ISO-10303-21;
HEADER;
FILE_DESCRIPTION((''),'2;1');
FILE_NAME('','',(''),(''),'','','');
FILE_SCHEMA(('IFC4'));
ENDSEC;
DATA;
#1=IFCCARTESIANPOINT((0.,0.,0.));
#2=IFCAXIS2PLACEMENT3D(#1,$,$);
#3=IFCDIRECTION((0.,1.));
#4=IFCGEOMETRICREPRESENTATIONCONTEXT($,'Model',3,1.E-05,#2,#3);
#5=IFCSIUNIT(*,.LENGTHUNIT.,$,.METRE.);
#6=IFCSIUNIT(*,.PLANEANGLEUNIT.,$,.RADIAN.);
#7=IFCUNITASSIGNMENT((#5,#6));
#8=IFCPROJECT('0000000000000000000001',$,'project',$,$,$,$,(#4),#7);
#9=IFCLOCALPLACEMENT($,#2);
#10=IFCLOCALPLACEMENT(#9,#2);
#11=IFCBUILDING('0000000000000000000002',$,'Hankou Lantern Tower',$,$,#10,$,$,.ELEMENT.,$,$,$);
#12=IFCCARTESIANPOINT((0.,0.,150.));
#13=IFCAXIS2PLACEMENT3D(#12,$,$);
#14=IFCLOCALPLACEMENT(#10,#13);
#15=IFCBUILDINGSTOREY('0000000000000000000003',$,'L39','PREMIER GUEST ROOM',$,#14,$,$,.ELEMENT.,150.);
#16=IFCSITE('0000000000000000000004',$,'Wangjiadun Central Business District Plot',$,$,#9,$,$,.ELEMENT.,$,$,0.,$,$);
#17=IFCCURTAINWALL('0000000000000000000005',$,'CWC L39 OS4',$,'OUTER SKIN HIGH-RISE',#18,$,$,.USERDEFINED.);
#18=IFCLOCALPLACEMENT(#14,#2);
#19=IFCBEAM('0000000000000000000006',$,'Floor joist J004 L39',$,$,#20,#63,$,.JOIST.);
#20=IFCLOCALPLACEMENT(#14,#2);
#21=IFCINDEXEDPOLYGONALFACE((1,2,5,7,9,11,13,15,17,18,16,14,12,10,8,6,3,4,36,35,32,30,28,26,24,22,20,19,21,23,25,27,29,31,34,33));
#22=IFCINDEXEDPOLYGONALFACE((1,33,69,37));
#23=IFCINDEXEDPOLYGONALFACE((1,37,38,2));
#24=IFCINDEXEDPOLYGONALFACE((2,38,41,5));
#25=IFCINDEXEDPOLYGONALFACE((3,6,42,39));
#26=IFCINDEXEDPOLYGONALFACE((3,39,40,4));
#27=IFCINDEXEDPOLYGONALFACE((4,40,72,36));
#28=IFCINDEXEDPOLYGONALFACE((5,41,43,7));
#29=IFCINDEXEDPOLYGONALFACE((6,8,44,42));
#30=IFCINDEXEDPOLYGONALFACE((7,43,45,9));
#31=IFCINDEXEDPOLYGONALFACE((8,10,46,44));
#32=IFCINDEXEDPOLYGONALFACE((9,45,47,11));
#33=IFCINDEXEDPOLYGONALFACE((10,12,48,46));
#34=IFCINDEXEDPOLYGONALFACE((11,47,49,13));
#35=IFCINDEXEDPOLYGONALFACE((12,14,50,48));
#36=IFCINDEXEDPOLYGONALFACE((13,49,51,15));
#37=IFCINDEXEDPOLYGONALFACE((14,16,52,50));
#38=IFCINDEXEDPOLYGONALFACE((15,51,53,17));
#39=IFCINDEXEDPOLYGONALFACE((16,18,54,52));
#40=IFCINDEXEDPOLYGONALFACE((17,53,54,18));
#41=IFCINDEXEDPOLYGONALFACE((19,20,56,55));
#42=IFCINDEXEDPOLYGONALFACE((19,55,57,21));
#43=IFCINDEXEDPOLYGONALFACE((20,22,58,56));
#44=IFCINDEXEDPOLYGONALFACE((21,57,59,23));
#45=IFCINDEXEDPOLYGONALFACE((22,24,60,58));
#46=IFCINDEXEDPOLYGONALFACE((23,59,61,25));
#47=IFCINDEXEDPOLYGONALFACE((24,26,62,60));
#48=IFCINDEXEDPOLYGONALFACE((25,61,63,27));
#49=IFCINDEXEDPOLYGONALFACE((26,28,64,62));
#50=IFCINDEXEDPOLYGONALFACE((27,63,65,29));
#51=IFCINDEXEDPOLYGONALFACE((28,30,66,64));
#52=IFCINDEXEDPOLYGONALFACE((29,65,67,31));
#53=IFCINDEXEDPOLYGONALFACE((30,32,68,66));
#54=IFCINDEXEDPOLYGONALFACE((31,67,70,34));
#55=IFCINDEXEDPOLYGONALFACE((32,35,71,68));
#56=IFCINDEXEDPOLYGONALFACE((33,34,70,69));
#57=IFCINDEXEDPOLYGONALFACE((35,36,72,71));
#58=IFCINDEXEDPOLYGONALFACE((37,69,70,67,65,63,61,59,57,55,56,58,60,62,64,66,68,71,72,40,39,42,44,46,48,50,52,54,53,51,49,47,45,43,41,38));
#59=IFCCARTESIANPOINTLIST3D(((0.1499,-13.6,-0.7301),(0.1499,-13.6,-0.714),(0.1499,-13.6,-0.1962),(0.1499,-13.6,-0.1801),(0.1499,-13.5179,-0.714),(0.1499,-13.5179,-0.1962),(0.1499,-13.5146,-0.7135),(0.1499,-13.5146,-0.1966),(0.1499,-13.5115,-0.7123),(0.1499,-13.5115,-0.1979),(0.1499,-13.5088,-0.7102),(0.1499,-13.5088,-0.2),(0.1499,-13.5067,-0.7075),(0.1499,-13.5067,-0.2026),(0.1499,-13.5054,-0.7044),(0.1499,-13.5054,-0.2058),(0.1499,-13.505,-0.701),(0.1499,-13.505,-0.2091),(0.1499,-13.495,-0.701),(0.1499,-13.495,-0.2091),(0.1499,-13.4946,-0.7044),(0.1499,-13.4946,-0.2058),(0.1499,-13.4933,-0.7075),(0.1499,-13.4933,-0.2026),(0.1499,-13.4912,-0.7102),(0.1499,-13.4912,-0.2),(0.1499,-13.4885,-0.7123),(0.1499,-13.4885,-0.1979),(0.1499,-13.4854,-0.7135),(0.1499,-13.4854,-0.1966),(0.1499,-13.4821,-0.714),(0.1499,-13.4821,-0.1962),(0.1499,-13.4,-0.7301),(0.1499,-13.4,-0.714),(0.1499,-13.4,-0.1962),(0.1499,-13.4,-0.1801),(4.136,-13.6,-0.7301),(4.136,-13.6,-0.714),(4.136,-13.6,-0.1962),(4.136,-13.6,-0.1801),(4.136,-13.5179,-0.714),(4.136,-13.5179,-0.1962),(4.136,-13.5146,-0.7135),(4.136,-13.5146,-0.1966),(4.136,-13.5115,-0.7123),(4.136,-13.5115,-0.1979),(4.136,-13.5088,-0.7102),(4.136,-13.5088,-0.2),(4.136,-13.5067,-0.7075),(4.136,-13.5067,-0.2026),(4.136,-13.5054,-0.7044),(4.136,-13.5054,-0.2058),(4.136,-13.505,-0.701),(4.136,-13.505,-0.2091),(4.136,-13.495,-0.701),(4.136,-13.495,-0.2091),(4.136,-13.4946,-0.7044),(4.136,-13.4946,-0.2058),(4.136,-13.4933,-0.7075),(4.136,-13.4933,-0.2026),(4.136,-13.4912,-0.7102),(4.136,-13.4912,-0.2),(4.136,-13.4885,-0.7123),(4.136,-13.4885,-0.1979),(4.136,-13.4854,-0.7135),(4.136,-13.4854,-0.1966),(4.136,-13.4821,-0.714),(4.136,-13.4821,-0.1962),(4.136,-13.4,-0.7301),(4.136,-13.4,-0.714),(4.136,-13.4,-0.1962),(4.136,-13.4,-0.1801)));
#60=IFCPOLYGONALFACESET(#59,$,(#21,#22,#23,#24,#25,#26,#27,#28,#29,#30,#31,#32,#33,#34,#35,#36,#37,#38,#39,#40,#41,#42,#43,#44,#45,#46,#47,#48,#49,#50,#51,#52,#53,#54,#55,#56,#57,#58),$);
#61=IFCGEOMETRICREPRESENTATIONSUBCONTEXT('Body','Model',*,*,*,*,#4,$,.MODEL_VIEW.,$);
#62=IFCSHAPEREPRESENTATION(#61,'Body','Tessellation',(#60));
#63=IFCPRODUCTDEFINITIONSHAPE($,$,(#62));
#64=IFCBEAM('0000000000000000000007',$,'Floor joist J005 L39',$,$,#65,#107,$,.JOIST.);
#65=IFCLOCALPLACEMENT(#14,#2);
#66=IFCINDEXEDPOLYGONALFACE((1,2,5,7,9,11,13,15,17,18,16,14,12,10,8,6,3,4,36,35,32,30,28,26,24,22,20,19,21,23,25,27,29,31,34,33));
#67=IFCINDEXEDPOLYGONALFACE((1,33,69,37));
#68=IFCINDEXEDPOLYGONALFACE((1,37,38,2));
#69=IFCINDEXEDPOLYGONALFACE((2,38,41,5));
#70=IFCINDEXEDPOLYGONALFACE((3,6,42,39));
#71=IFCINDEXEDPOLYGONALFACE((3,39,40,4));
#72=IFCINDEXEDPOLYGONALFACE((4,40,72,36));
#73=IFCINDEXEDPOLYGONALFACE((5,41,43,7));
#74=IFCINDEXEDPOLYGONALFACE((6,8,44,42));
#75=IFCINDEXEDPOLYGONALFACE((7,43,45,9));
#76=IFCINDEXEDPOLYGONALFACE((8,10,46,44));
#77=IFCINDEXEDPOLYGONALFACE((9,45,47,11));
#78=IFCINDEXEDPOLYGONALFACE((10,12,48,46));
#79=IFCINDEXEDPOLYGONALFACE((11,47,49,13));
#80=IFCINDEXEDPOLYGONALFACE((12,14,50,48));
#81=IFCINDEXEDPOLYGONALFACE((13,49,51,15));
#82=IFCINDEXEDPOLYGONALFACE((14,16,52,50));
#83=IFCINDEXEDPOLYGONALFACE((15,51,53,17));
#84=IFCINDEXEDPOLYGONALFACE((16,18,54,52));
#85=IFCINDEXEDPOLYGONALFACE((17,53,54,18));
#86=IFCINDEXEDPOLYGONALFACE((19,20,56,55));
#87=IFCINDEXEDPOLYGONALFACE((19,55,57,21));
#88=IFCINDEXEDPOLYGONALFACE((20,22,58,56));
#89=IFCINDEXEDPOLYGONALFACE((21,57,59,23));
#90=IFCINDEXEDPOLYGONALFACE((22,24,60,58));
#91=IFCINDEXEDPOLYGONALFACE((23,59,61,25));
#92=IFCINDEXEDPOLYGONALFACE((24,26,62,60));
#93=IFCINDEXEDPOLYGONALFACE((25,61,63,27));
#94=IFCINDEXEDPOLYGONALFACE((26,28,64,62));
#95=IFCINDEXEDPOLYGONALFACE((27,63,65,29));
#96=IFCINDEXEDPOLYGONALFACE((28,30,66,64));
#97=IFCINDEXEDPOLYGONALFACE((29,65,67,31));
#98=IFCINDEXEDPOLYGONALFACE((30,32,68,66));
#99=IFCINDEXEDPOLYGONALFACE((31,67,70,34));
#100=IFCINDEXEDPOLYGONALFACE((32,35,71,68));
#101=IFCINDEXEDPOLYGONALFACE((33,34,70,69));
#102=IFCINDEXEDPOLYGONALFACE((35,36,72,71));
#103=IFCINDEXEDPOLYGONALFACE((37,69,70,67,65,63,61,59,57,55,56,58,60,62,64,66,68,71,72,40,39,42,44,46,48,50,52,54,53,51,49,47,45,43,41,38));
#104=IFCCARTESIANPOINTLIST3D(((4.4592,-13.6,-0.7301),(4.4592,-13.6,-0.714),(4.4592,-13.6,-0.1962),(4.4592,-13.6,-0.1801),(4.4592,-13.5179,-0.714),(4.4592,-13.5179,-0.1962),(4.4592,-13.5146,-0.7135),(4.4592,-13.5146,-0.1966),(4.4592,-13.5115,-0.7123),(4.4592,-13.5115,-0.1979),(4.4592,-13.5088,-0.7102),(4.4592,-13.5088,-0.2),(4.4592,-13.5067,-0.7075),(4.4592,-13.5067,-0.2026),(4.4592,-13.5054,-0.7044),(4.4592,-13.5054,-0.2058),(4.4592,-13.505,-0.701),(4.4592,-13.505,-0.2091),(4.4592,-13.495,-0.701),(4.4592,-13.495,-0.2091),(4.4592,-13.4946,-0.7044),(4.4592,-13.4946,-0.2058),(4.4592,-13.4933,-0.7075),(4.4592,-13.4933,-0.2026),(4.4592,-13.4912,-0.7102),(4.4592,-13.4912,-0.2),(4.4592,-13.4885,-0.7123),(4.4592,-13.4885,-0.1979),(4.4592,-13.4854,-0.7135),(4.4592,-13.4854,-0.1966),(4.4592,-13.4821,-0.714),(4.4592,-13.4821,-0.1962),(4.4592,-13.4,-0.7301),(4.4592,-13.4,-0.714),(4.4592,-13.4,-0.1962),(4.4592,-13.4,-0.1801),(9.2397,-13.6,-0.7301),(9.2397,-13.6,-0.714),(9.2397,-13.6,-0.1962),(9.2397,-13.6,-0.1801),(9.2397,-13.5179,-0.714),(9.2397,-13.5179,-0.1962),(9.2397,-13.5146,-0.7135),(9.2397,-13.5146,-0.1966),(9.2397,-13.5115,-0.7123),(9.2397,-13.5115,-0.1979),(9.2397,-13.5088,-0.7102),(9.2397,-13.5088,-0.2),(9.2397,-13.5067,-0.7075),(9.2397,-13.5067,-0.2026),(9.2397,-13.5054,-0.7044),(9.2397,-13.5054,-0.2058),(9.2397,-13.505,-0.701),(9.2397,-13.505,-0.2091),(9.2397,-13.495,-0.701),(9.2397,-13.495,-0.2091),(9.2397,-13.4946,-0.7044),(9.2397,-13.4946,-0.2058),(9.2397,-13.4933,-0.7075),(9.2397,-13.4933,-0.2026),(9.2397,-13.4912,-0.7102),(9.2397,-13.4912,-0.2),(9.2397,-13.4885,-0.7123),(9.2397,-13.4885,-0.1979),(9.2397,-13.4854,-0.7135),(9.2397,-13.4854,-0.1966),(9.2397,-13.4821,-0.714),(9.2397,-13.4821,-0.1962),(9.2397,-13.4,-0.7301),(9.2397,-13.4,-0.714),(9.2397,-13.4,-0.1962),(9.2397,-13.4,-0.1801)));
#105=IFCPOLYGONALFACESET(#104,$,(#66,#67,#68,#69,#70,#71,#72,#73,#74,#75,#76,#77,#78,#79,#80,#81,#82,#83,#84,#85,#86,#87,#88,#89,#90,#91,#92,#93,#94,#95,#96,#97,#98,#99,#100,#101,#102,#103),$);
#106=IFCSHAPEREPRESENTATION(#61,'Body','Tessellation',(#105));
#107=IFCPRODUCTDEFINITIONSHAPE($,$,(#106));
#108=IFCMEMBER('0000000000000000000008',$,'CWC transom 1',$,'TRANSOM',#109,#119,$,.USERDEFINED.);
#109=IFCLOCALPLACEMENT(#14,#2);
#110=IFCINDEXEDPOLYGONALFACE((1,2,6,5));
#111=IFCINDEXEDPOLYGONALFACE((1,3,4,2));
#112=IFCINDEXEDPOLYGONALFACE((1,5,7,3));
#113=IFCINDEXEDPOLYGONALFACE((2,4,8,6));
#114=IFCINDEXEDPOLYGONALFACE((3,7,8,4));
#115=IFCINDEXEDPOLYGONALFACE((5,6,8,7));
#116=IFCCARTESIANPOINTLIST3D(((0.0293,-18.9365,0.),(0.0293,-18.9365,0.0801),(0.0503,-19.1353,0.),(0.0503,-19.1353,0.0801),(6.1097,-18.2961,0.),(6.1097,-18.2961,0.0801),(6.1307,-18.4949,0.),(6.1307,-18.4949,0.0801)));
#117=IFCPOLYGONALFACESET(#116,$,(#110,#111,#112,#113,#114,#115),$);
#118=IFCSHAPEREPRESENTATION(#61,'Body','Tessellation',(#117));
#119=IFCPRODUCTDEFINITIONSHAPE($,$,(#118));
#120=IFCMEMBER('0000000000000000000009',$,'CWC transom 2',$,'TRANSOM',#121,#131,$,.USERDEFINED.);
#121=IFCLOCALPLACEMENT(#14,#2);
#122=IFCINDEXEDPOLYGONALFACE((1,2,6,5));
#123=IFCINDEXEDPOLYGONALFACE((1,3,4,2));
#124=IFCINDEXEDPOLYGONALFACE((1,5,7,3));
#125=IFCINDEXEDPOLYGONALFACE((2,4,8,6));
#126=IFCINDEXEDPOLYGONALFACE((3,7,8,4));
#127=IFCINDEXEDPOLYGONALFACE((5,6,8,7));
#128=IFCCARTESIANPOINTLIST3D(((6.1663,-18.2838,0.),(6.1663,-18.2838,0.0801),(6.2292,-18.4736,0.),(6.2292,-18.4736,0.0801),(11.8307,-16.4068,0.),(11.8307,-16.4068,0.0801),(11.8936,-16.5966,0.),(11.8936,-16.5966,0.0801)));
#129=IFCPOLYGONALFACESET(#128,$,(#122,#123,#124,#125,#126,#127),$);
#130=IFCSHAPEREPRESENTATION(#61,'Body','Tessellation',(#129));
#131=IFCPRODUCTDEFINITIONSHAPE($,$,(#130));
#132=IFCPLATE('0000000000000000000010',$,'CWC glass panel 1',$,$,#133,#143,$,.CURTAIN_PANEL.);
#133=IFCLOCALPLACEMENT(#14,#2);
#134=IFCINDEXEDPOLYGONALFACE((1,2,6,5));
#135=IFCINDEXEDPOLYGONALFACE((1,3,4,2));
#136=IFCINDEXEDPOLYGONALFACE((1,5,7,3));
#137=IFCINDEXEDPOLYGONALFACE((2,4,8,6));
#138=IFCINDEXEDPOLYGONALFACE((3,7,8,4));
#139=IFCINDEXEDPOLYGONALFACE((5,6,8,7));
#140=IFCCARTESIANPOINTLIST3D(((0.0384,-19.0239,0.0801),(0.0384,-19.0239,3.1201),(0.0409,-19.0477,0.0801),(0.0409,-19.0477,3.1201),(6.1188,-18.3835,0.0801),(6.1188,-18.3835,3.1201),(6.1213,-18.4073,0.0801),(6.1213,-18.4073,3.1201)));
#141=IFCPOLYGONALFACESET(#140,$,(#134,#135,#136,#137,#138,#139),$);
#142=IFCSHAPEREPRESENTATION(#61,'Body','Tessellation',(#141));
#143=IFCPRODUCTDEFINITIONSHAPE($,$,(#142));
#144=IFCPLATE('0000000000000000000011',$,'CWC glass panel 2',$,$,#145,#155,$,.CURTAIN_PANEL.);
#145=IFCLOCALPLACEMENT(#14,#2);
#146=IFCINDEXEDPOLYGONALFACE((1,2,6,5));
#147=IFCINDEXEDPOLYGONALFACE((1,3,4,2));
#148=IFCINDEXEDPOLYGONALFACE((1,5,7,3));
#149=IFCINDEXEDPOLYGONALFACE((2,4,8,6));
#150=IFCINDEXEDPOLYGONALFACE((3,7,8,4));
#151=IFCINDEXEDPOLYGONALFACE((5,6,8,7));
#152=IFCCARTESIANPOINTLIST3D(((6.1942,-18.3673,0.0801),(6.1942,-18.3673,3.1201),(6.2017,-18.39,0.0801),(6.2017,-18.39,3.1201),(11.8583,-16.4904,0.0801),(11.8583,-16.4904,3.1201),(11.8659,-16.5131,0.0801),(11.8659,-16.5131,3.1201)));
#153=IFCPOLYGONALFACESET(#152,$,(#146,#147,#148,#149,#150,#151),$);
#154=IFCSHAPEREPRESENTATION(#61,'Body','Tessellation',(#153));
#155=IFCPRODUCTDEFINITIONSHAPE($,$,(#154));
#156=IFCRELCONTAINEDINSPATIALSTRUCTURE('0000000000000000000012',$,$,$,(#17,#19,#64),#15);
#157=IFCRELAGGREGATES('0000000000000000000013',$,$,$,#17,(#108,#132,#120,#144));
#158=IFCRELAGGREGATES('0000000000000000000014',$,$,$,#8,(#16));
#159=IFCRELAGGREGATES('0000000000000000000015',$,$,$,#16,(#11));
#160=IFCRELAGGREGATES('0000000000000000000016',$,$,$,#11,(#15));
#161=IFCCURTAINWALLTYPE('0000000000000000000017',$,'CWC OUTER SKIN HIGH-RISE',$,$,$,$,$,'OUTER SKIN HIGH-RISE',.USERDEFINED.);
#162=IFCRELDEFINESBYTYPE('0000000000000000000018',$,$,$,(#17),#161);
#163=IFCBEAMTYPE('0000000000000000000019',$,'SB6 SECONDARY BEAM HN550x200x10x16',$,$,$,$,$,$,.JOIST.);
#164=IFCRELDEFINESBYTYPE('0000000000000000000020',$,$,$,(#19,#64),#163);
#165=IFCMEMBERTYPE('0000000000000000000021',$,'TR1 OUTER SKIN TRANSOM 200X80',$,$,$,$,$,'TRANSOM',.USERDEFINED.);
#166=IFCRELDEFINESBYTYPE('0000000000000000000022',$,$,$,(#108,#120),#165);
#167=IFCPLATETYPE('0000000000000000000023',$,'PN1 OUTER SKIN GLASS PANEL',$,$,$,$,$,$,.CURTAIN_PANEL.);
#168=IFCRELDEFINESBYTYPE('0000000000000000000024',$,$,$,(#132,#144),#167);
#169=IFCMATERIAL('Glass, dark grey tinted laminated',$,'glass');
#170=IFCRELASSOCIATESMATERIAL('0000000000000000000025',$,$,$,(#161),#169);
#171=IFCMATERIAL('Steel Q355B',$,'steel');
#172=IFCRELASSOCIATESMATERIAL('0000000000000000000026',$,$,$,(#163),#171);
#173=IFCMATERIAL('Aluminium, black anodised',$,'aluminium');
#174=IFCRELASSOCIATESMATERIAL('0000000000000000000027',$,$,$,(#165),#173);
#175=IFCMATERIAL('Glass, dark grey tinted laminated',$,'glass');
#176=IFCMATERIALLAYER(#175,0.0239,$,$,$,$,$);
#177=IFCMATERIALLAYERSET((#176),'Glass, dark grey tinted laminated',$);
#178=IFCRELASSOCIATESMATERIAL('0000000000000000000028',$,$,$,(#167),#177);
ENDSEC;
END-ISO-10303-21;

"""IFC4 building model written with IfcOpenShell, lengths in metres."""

from ifc_helpers import new_model, si_unit, direction, frame, origin, origin_2d, place, context, subcontext, project, spatial, rectangle, i_section, extrude, material, layer, layer_set, material_profile, profile_set, type_object, element, aggregate, save


model = new_model("IFC4")

# Units and contexts
model_context = context("Model", 3, precision=1e-05, world=origin(), true_north=direction((0.0, 1.0)))
body_context = subcontext(model_context, "Body", "Model", "MODEL_VIEW")
ifc_project = project(units=[si_unit("LENGTHUNIT", "METRE"), si_unit("PLANEANGLEUNIT", "RADIAN")], contexts=[model_context])

# Site, building, storey
site_placement = place(None, origin())
site = spatial("IfcSite", under=ifc_project, at=site_placement, Name="Wangjiadun Central Business District Plot", CompositionType="ELEMENT", RefElevation=0.0)
building_placement = place(site_placement, origin())
building = spatial("IfcBuilding", under=site, at=building_placement, Name="Hankou Lantern Tower", CompositionType="ELEMENT")
storey_placement = place(building_placement, frame((0.0, 0.0, 150.0)))
storey = spatial("IfcBuildingStorey", under=building, at=storey_placement, Name="L39", Description="PREMIER GUEST ROOM", CompositionType="ELEMENT", Elevation=150.0)

# Curtain wall
ifc_material_1 = material(Name="Glass, dark grey tinted laminated", Category="glass")
curtain_wall_type = type_object("IfcCurtainWallType", Name="CWC OUTER SKIN HIGH-RISE", ElementType="OUTER SKIN HIGH-RISE", PredefinedType="USERDEFINED", material=ifc_material_1)
curtain_wall_placement = place(storey_placement, origin())
curtain_wall = element("IfcCurtainWall", 1, at=curtain_wall_placement, inside=storey, type_object=curtain_wall_type, Name="CWC L39 OS4", ObjectType="OUTER SKIN HIGH-RISE", PredefinedType="USERDEFINED")

# Beams
ifc_material_2 = material(Name="Steel Q355B", Category="steel")
ifc_material_profile_1 = material_profile(ifc_material_2, i_section(OverallWidth=0.2, OverallDepth=0.55, WebThickness=0.01, FlangeThickness=0.0161, FilletRadius=0.0129, at=origin_2d()), Name="HN550x200x10x16")
ifc_profile_set_1 = profile_set([ifc_material_profile_1], Name="Steel Q355B")
beam_type_1 = type_object("IfcBeamType", Name="SB6 SECONDARY BEAM HN550x200x10x16", PredefinedType="JOIST", material=ifc_profile_set_1)
beam_1_placement = place(storey_placement, frame((0.1499, -13.5, -0.4551), z_axis=(1.0, 0.0, 0.0), x_axis=(0.0, 1.0, 0.0)))
element("IfcBeam", 2, at=beam_1_placement, inside=storey, type_object=beam_type_1, Name="Floor joist J004 L39", PredefinedType="JOIST", context=body_context, shape_type="SweptSolid", body=[
    extrude(i_section(OverallWidth=0.2, OverallDepth=0.55, WebThickness=0.01, FlangeThickness=0.0161, FilletRadius=0.0129, at=origin_2d()), origin(), (0.0, 0.0, 1.0), 3.9861),
])
beam_2_placement = place(storey_placement, frame((4.4592, -13.5, -0.4551), z_axis=(1.0, 0.0, 0.0), x_axis=(0.0, 1.0, 0.0)))
element("IfcBeam", 3, at=beam_2_placement, inside=storey, type_object=beam_type_1, Name="Floor joist J005 L39", PredefinedType="JOIST", context=body_context, shape_type="SweptSolid", body=[
    extrude(i_section(OverallWidth=0.2, OverallDepth=0.55, WebThickness=0.01, FlangeThickness=0.0161, FilletRadius=0.0129, at=origin_2d()), origin(), (0.0, 0.0, 1.0), 4.7805),
])

# Members
ifc_material_3 = material(Name="Aluminium, black anodised", Category="aluminium")
ifc_material_profile_2 = material_profile(ifc_material_3, rectangle(XDim=0.2, YDim=0.0801, at=origin_2d()), Name="TR1 200X80")
ifc_profile_set_2 = profile_set([ifc_material_profile_2], Name="Aluminium, black anodised")
member_type_1 = type_object("IfcMemberType", Name="TR1 OUTER SKIN TRANSOM 200X80", ElementType="TRANSOM", PredefinedType="USERDEFINED", material=ifc_profile_set_2)
member_1_placement = place(storey_placement, frame((0.0398, -19.0359, 0.04), z_axis=(0.9945, 0.104741, 0.0), x_axis=(-0.104741, 0.9945, 0.0)))
member_1 = element("IfcMember", 4, at=member_1_placement, type_object=member_type_1, Name="CWC transom 1", ObjectType="TRANSOM", PredefinedType="USERDEFINED", context=body_context, shape_type="SweptSolid", body=[
    extrude(rectangle(XDim=0.2, YDim=0.0801, at=origin_2d()), origin(), (0.0, 0.0, 1.0), 6.114),
])
member_2_placement = place(storey_placement, frame((6.1978, -18.3787, 0.04), z_axis=(0.949242, 0.314546, 0.0), x_axis=(-0.314546, 0.949242, 0.0)))
member_2 = element("IfcMember", 5, at=member_2_placement, type_object=member_type_1, Name="CWC transom 2", ObjectType="TRANSOM", PredefinedType="USERDEFINED", context=body_context, shape_type="SweptSolid", body=[
    extrude(rectangle(XDim=0.2, YDim=0.0801, at=origin_2d()), origin(), (0.0, 0.0, 1.0), 5.9673),
])

# Plates
ifc_material_4 = material(Name="Glass, dark grey tinted laminated", Category="glass")
ifc_layer_1 = layer(ifc_material_4, 0.0239)
ifc_layer_set_1 = layer_set([ifc_layer_1], Name="Glass, dark grey tinted laminated")
plate_type = type_object("IfcPlateType", Name="PN1 OUTER SKIN GLASS PANEL", PredefinedType="CURTAIN_PANEL", material=ifc_layer_set_1)
plate_1_placement = place(storey_placement, frame((3.0798, -18.7156, 0.0801), z_axis=(0.0, 0.0, 1.0), x_axis=(0.994499, 0.104743, 0.0)))
plate_1 = element("IfcPlate", 6, at=plate_1_placement, type_object=plate_type, Name="CWC glass panel 1", PredefinedType="CURTAIN_PANEL", context=body_context, shape_type="SweptSolid", body=[
    extrude(rectangle(XDim=6.114, YDim=0.0239, at=origin_2d()), origin(), (0.0, 0.0, 1.0), 3.04),
])
plate_2_placement = place(storey_placement, frame((9.03, -17.4402, 0.0801), z_axis=(0.0, 0.0, 1.0), x_axis=(0.949241, 0.314551, 0.0)))
plate_2 = element("IfcPlate", 7, at=plate_2_placement, type_object=plate_type, Name="CWC glass panel 2", PredefinedType="CURTAIN_PANEL", context=body_context, shape_type="SweptSolid", body=[
    extrude(rectangle(XDim=5.967, YDim=0.0239, at=origin_2d()), origin(), (0.0, 0.0, 1.0), 3.04),
])
aggregate(curtain_wall, [member_1, plate_1, member_2, plate_2])

save(model, "model.ifc")
